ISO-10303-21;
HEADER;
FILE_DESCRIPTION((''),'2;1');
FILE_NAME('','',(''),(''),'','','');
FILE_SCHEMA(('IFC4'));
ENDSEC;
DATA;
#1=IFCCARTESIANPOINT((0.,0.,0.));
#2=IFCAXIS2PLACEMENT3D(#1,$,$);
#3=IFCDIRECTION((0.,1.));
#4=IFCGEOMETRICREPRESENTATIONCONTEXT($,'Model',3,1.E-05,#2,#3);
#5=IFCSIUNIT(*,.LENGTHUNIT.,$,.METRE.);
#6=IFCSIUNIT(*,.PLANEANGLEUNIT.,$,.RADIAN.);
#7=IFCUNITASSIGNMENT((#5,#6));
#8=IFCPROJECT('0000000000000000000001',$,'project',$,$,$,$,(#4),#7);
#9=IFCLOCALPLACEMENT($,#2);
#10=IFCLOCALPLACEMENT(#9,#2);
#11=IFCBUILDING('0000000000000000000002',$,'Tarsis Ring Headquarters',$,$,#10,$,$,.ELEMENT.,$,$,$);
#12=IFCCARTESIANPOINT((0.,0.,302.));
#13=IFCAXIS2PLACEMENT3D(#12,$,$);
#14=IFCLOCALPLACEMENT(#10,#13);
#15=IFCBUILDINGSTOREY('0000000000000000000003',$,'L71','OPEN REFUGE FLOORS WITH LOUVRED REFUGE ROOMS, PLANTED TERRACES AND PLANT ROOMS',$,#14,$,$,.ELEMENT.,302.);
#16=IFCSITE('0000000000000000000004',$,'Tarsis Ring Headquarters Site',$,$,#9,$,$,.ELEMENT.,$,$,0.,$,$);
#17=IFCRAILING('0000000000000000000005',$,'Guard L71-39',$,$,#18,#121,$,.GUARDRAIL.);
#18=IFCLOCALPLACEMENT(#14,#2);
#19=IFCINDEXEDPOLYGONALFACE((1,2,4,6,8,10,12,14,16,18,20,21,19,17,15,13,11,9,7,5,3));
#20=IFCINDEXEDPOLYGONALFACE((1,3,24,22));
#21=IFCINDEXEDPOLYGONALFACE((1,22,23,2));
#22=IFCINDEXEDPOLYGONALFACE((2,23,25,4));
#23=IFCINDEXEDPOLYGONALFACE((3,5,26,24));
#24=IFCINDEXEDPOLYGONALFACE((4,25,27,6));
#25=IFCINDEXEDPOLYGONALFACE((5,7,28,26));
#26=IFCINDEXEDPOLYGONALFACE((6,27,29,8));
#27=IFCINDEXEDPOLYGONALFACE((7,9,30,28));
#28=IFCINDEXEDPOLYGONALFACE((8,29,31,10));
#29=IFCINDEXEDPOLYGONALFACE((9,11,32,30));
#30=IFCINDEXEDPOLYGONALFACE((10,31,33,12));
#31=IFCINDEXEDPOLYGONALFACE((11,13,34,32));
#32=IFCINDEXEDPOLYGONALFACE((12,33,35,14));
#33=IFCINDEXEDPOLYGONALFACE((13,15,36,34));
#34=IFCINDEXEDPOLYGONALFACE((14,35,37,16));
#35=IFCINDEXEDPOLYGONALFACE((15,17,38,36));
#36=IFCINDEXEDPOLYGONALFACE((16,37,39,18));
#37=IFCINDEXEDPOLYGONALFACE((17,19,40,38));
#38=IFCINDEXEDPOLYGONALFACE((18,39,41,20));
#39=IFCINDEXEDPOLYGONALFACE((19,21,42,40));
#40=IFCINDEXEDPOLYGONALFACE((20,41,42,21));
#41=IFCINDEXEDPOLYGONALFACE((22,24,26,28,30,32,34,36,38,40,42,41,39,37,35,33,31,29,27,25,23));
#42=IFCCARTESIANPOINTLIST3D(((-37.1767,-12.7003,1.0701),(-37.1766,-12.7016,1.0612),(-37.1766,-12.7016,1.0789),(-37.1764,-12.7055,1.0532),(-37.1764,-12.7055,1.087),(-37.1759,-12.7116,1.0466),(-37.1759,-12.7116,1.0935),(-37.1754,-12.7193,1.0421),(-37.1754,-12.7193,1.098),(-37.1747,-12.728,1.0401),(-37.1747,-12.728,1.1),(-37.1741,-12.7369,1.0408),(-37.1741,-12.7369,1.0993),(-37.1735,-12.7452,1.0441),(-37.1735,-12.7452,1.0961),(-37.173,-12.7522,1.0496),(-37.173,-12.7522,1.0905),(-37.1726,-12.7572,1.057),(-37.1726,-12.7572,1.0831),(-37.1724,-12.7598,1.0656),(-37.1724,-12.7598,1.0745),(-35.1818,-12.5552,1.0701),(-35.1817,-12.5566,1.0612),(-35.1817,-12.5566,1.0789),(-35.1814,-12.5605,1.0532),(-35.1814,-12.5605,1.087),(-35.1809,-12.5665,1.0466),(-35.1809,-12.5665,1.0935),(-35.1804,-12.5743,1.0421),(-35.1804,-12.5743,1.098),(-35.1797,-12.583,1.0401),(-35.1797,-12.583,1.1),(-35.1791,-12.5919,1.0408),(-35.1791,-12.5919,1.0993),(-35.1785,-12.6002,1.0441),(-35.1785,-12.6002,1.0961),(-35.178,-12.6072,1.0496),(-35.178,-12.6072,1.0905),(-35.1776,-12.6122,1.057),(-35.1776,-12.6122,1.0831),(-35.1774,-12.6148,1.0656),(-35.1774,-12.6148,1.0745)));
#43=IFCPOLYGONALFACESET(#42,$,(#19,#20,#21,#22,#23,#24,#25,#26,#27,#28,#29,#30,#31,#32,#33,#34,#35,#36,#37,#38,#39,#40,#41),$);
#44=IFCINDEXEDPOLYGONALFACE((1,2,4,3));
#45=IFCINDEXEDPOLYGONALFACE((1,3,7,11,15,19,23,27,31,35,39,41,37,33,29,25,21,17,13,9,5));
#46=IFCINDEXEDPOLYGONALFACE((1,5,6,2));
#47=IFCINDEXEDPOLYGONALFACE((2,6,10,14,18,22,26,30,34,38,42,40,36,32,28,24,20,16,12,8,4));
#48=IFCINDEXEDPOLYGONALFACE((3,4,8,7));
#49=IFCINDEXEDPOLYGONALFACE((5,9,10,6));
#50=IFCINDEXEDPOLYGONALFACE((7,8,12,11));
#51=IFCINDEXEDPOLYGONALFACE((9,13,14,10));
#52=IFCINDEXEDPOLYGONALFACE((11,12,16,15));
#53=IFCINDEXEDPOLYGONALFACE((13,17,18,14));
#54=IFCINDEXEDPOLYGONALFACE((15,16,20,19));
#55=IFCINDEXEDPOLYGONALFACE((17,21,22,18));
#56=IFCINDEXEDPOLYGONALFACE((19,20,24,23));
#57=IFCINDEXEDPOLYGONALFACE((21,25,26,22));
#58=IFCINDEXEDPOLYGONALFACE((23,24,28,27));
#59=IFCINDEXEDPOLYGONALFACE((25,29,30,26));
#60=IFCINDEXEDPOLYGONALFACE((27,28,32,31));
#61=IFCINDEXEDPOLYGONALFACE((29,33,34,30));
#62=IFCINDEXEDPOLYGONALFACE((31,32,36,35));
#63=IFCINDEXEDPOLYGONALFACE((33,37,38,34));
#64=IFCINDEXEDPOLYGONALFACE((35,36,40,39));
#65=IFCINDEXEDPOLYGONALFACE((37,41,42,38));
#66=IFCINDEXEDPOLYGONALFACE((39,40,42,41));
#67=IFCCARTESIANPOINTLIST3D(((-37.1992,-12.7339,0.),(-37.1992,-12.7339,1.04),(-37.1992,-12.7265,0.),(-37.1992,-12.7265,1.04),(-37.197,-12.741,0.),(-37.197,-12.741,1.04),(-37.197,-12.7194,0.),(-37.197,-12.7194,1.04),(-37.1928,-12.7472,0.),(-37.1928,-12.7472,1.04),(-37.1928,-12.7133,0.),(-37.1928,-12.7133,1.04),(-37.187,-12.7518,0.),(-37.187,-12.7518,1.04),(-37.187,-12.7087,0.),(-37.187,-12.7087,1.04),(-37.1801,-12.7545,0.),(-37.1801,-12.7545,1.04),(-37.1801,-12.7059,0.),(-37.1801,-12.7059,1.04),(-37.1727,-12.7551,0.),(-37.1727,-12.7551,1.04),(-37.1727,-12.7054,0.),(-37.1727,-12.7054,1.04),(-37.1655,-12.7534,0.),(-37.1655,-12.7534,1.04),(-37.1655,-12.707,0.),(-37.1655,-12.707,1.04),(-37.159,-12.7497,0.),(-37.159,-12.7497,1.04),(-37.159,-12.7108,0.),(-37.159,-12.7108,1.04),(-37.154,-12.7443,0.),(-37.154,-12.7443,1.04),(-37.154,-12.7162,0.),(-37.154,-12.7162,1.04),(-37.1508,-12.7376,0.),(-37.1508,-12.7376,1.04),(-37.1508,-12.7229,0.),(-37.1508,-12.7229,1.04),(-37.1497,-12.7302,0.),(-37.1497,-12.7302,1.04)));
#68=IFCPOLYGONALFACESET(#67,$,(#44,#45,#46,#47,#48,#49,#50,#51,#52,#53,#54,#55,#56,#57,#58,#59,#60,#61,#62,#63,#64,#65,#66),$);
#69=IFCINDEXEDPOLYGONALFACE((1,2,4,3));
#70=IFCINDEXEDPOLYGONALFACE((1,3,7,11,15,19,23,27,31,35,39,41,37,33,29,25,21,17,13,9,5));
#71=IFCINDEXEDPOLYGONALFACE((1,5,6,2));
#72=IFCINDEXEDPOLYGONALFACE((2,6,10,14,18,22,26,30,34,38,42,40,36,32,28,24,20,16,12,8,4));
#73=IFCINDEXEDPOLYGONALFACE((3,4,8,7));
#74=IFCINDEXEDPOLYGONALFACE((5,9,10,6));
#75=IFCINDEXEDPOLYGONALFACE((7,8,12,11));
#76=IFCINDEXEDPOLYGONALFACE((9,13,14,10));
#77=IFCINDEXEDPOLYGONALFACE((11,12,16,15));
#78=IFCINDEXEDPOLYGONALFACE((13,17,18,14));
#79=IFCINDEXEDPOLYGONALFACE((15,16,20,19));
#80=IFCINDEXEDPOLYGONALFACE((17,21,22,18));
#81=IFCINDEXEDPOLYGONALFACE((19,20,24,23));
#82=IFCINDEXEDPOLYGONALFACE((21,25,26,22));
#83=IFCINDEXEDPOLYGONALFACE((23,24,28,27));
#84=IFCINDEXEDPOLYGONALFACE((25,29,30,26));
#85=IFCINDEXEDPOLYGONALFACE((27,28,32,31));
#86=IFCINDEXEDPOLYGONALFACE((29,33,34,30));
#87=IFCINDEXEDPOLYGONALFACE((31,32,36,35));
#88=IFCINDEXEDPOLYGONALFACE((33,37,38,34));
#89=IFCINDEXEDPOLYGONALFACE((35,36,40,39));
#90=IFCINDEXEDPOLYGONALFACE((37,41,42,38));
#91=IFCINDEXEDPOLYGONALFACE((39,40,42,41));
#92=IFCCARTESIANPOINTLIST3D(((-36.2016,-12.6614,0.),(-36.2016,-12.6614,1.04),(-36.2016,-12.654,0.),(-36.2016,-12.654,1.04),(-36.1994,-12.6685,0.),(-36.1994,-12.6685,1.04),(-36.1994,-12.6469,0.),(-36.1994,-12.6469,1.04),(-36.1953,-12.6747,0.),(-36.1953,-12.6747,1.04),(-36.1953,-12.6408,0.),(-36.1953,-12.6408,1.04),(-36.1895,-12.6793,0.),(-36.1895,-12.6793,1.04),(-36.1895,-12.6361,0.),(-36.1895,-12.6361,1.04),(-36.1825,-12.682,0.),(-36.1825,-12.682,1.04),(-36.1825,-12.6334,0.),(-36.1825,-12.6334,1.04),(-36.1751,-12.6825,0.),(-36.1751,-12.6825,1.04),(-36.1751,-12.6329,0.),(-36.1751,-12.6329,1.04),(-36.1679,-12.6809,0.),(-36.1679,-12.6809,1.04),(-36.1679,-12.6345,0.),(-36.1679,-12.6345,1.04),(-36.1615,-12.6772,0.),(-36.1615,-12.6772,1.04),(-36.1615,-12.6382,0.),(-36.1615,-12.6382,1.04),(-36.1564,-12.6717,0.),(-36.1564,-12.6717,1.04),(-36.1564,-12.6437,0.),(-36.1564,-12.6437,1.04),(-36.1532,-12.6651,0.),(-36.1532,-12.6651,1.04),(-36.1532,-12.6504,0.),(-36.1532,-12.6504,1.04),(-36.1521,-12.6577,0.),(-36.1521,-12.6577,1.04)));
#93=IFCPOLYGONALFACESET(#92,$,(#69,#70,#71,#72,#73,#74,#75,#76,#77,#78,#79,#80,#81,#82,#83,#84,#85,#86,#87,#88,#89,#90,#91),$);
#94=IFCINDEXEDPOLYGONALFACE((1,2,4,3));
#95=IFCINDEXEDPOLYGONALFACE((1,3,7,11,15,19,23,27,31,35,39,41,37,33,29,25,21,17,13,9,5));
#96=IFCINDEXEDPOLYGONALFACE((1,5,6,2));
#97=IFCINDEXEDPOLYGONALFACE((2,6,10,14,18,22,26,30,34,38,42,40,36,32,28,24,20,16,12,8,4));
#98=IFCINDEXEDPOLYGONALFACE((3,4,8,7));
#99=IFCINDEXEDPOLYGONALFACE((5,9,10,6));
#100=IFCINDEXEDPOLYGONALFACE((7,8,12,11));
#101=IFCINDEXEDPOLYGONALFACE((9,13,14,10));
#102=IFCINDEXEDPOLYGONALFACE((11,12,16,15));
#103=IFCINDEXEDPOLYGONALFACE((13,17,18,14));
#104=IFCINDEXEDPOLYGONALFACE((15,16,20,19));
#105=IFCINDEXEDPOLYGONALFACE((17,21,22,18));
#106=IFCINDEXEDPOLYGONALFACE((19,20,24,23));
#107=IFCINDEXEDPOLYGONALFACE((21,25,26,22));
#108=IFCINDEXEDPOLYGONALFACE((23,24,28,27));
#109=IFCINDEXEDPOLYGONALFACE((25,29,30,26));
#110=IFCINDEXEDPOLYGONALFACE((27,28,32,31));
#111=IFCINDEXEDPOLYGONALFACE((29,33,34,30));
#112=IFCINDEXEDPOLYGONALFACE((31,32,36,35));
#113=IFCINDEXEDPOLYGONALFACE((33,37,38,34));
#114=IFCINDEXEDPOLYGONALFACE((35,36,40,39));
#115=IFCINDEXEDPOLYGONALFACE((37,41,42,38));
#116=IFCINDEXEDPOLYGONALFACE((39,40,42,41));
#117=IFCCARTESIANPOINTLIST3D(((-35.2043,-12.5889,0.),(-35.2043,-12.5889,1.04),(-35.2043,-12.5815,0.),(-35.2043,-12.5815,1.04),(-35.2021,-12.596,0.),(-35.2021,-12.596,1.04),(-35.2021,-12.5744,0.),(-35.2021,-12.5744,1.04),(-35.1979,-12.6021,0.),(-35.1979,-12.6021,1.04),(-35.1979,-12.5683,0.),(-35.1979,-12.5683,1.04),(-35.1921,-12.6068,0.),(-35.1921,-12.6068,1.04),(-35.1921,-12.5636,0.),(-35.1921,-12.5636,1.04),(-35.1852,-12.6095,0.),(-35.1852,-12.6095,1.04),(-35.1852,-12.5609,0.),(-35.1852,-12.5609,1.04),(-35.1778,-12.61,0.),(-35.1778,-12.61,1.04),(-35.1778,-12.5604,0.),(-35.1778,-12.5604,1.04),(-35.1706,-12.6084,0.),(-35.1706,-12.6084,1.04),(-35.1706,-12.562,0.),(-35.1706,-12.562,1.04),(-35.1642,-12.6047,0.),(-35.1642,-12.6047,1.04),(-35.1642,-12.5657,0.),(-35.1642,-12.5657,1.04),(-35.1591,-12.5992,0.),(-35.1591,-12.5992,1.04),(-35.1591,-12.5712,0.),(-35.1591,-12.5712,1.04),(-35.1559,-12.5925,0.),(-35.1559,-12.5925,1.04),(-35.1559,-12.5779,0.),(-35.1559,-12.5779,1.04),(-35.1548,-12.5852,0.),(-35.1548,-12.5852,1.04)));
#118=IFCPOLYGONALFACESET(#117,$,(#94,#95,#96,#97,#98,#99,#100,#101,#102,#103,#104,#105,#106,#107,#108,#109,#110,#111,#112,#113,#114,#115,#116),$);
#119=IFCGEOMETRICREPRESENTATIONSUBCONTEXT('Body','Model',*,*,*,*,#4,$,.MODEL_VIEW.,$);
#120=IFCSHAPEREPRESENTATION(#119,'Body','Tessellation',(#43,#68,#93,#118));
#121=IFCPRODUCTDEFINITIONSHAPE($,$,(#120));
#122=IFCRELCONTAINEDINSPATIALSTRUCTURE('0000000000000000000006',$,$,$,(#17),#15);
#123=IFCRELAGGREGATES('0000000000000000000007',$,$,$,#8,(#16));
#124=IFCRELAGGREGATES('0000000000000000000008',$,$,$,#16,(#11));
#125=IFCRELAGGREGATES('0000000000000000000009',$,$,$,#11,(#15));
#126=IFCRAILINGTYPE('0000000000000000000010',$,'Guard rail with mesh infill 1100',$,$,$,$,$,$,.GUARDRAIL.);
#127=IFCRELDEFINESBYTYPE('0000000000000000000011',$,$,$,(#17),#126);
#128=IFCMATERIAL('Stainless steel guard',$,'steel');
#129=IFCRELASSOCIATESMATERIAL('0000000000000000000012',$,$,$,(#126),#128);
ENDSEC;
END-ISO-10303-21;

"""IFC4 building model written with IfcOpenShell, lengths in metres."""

from ifc_helpers import new_model, si_unit, direction, frame, origin, origin_2d, place, context, subcontext, project, spatial, circle, extrude, material, type_object, element, save


model = new_model("IFC4")

# Units and contexts
model_context = context("Model", 3, precision=1e-05, world=origin(), true_north=direction((0.0, 1.0)))
body_context = subcontext(model_context, "Body", "Model", "MODEL_VIEW")
ifc_project = project(units=[si_unit("LENGTHUNIT", "METRE"), si_unit("PLANEANGLEUNIT", "RADIAN")], contexts=[model_context])

# Site, building, storey
site_placement = place(None, origin())
site = spatial("IfcSite", under=ifc_project, at=site_placement, Name="Tarsis Ring Headquarters Site", CompositionType="ELEMENT", RefElevation=0.0)
building_placement = place(site_placement, origin())
building = spatial("IfcBuilding", under=site, at=building_placement, Name="Tarsis Ring Headquarters", CompositionType="ELEMENT")
storey_placement = place(building_placement, frame((0.0, 0.0, 302.0)))
storey = spatial("IfcBuildingStorey", under=building, at=storey_placement, Name="L71", Description="OPEN REFUGE FLOORS WITH LOUVRED REFUGE ROOMS, PLANTED TERRACES AND PLANT ROOMS", CompositionType="ELEMENT", Elevation=302.0)

# Railing
ifc_material_1 = material(Name="Stainless steel guard", Category="steel")
railing_type_1 = type_object("IfcRailingType", Name="Guard rail with mesh infill 1100", PredefinedType="GUARDRAIL", material=ifc_material_1)
railing_1_placement = place(storey_placement, frame((-37.1746, -12.7302, 0.0)))
element("IfcRailing", 1, at=railing_1_placement, inside=storey, type_object=railing_type_1, Name="Guard L71-39", PredefinedType="GUARDRAIL", context=body_context, shape_type="SweptSolid", body=[
    extrude(circle(Radius=0.03, at=origin_2d()), frame((0.0, 0.0, 1.0701), z_axis=(0.997368, 0.072505, 0.0), x_axis=(-0.072505, 0.997368, 0.0)), (0.0, 0.0, 1.0), 2.0002),
    extrude(circle(Radius=0.0249, at=origin_2d()), origin(), (0.0, 0.0, 1.0), 1.04),
    extrude(circle(Radius=0.0249, at=origin_2d()), frame((0.9976, 0.0725, 0.0)), (0.0, 0.0, 1.0), 1.04),
    extrude(circle(Radius=0.0249, at=origin_2d()), frame((1.9949, 0.145, 0.0)), (0.0, 0.0, 1.0), 1.04),
])

save(model, "model.ifc")
